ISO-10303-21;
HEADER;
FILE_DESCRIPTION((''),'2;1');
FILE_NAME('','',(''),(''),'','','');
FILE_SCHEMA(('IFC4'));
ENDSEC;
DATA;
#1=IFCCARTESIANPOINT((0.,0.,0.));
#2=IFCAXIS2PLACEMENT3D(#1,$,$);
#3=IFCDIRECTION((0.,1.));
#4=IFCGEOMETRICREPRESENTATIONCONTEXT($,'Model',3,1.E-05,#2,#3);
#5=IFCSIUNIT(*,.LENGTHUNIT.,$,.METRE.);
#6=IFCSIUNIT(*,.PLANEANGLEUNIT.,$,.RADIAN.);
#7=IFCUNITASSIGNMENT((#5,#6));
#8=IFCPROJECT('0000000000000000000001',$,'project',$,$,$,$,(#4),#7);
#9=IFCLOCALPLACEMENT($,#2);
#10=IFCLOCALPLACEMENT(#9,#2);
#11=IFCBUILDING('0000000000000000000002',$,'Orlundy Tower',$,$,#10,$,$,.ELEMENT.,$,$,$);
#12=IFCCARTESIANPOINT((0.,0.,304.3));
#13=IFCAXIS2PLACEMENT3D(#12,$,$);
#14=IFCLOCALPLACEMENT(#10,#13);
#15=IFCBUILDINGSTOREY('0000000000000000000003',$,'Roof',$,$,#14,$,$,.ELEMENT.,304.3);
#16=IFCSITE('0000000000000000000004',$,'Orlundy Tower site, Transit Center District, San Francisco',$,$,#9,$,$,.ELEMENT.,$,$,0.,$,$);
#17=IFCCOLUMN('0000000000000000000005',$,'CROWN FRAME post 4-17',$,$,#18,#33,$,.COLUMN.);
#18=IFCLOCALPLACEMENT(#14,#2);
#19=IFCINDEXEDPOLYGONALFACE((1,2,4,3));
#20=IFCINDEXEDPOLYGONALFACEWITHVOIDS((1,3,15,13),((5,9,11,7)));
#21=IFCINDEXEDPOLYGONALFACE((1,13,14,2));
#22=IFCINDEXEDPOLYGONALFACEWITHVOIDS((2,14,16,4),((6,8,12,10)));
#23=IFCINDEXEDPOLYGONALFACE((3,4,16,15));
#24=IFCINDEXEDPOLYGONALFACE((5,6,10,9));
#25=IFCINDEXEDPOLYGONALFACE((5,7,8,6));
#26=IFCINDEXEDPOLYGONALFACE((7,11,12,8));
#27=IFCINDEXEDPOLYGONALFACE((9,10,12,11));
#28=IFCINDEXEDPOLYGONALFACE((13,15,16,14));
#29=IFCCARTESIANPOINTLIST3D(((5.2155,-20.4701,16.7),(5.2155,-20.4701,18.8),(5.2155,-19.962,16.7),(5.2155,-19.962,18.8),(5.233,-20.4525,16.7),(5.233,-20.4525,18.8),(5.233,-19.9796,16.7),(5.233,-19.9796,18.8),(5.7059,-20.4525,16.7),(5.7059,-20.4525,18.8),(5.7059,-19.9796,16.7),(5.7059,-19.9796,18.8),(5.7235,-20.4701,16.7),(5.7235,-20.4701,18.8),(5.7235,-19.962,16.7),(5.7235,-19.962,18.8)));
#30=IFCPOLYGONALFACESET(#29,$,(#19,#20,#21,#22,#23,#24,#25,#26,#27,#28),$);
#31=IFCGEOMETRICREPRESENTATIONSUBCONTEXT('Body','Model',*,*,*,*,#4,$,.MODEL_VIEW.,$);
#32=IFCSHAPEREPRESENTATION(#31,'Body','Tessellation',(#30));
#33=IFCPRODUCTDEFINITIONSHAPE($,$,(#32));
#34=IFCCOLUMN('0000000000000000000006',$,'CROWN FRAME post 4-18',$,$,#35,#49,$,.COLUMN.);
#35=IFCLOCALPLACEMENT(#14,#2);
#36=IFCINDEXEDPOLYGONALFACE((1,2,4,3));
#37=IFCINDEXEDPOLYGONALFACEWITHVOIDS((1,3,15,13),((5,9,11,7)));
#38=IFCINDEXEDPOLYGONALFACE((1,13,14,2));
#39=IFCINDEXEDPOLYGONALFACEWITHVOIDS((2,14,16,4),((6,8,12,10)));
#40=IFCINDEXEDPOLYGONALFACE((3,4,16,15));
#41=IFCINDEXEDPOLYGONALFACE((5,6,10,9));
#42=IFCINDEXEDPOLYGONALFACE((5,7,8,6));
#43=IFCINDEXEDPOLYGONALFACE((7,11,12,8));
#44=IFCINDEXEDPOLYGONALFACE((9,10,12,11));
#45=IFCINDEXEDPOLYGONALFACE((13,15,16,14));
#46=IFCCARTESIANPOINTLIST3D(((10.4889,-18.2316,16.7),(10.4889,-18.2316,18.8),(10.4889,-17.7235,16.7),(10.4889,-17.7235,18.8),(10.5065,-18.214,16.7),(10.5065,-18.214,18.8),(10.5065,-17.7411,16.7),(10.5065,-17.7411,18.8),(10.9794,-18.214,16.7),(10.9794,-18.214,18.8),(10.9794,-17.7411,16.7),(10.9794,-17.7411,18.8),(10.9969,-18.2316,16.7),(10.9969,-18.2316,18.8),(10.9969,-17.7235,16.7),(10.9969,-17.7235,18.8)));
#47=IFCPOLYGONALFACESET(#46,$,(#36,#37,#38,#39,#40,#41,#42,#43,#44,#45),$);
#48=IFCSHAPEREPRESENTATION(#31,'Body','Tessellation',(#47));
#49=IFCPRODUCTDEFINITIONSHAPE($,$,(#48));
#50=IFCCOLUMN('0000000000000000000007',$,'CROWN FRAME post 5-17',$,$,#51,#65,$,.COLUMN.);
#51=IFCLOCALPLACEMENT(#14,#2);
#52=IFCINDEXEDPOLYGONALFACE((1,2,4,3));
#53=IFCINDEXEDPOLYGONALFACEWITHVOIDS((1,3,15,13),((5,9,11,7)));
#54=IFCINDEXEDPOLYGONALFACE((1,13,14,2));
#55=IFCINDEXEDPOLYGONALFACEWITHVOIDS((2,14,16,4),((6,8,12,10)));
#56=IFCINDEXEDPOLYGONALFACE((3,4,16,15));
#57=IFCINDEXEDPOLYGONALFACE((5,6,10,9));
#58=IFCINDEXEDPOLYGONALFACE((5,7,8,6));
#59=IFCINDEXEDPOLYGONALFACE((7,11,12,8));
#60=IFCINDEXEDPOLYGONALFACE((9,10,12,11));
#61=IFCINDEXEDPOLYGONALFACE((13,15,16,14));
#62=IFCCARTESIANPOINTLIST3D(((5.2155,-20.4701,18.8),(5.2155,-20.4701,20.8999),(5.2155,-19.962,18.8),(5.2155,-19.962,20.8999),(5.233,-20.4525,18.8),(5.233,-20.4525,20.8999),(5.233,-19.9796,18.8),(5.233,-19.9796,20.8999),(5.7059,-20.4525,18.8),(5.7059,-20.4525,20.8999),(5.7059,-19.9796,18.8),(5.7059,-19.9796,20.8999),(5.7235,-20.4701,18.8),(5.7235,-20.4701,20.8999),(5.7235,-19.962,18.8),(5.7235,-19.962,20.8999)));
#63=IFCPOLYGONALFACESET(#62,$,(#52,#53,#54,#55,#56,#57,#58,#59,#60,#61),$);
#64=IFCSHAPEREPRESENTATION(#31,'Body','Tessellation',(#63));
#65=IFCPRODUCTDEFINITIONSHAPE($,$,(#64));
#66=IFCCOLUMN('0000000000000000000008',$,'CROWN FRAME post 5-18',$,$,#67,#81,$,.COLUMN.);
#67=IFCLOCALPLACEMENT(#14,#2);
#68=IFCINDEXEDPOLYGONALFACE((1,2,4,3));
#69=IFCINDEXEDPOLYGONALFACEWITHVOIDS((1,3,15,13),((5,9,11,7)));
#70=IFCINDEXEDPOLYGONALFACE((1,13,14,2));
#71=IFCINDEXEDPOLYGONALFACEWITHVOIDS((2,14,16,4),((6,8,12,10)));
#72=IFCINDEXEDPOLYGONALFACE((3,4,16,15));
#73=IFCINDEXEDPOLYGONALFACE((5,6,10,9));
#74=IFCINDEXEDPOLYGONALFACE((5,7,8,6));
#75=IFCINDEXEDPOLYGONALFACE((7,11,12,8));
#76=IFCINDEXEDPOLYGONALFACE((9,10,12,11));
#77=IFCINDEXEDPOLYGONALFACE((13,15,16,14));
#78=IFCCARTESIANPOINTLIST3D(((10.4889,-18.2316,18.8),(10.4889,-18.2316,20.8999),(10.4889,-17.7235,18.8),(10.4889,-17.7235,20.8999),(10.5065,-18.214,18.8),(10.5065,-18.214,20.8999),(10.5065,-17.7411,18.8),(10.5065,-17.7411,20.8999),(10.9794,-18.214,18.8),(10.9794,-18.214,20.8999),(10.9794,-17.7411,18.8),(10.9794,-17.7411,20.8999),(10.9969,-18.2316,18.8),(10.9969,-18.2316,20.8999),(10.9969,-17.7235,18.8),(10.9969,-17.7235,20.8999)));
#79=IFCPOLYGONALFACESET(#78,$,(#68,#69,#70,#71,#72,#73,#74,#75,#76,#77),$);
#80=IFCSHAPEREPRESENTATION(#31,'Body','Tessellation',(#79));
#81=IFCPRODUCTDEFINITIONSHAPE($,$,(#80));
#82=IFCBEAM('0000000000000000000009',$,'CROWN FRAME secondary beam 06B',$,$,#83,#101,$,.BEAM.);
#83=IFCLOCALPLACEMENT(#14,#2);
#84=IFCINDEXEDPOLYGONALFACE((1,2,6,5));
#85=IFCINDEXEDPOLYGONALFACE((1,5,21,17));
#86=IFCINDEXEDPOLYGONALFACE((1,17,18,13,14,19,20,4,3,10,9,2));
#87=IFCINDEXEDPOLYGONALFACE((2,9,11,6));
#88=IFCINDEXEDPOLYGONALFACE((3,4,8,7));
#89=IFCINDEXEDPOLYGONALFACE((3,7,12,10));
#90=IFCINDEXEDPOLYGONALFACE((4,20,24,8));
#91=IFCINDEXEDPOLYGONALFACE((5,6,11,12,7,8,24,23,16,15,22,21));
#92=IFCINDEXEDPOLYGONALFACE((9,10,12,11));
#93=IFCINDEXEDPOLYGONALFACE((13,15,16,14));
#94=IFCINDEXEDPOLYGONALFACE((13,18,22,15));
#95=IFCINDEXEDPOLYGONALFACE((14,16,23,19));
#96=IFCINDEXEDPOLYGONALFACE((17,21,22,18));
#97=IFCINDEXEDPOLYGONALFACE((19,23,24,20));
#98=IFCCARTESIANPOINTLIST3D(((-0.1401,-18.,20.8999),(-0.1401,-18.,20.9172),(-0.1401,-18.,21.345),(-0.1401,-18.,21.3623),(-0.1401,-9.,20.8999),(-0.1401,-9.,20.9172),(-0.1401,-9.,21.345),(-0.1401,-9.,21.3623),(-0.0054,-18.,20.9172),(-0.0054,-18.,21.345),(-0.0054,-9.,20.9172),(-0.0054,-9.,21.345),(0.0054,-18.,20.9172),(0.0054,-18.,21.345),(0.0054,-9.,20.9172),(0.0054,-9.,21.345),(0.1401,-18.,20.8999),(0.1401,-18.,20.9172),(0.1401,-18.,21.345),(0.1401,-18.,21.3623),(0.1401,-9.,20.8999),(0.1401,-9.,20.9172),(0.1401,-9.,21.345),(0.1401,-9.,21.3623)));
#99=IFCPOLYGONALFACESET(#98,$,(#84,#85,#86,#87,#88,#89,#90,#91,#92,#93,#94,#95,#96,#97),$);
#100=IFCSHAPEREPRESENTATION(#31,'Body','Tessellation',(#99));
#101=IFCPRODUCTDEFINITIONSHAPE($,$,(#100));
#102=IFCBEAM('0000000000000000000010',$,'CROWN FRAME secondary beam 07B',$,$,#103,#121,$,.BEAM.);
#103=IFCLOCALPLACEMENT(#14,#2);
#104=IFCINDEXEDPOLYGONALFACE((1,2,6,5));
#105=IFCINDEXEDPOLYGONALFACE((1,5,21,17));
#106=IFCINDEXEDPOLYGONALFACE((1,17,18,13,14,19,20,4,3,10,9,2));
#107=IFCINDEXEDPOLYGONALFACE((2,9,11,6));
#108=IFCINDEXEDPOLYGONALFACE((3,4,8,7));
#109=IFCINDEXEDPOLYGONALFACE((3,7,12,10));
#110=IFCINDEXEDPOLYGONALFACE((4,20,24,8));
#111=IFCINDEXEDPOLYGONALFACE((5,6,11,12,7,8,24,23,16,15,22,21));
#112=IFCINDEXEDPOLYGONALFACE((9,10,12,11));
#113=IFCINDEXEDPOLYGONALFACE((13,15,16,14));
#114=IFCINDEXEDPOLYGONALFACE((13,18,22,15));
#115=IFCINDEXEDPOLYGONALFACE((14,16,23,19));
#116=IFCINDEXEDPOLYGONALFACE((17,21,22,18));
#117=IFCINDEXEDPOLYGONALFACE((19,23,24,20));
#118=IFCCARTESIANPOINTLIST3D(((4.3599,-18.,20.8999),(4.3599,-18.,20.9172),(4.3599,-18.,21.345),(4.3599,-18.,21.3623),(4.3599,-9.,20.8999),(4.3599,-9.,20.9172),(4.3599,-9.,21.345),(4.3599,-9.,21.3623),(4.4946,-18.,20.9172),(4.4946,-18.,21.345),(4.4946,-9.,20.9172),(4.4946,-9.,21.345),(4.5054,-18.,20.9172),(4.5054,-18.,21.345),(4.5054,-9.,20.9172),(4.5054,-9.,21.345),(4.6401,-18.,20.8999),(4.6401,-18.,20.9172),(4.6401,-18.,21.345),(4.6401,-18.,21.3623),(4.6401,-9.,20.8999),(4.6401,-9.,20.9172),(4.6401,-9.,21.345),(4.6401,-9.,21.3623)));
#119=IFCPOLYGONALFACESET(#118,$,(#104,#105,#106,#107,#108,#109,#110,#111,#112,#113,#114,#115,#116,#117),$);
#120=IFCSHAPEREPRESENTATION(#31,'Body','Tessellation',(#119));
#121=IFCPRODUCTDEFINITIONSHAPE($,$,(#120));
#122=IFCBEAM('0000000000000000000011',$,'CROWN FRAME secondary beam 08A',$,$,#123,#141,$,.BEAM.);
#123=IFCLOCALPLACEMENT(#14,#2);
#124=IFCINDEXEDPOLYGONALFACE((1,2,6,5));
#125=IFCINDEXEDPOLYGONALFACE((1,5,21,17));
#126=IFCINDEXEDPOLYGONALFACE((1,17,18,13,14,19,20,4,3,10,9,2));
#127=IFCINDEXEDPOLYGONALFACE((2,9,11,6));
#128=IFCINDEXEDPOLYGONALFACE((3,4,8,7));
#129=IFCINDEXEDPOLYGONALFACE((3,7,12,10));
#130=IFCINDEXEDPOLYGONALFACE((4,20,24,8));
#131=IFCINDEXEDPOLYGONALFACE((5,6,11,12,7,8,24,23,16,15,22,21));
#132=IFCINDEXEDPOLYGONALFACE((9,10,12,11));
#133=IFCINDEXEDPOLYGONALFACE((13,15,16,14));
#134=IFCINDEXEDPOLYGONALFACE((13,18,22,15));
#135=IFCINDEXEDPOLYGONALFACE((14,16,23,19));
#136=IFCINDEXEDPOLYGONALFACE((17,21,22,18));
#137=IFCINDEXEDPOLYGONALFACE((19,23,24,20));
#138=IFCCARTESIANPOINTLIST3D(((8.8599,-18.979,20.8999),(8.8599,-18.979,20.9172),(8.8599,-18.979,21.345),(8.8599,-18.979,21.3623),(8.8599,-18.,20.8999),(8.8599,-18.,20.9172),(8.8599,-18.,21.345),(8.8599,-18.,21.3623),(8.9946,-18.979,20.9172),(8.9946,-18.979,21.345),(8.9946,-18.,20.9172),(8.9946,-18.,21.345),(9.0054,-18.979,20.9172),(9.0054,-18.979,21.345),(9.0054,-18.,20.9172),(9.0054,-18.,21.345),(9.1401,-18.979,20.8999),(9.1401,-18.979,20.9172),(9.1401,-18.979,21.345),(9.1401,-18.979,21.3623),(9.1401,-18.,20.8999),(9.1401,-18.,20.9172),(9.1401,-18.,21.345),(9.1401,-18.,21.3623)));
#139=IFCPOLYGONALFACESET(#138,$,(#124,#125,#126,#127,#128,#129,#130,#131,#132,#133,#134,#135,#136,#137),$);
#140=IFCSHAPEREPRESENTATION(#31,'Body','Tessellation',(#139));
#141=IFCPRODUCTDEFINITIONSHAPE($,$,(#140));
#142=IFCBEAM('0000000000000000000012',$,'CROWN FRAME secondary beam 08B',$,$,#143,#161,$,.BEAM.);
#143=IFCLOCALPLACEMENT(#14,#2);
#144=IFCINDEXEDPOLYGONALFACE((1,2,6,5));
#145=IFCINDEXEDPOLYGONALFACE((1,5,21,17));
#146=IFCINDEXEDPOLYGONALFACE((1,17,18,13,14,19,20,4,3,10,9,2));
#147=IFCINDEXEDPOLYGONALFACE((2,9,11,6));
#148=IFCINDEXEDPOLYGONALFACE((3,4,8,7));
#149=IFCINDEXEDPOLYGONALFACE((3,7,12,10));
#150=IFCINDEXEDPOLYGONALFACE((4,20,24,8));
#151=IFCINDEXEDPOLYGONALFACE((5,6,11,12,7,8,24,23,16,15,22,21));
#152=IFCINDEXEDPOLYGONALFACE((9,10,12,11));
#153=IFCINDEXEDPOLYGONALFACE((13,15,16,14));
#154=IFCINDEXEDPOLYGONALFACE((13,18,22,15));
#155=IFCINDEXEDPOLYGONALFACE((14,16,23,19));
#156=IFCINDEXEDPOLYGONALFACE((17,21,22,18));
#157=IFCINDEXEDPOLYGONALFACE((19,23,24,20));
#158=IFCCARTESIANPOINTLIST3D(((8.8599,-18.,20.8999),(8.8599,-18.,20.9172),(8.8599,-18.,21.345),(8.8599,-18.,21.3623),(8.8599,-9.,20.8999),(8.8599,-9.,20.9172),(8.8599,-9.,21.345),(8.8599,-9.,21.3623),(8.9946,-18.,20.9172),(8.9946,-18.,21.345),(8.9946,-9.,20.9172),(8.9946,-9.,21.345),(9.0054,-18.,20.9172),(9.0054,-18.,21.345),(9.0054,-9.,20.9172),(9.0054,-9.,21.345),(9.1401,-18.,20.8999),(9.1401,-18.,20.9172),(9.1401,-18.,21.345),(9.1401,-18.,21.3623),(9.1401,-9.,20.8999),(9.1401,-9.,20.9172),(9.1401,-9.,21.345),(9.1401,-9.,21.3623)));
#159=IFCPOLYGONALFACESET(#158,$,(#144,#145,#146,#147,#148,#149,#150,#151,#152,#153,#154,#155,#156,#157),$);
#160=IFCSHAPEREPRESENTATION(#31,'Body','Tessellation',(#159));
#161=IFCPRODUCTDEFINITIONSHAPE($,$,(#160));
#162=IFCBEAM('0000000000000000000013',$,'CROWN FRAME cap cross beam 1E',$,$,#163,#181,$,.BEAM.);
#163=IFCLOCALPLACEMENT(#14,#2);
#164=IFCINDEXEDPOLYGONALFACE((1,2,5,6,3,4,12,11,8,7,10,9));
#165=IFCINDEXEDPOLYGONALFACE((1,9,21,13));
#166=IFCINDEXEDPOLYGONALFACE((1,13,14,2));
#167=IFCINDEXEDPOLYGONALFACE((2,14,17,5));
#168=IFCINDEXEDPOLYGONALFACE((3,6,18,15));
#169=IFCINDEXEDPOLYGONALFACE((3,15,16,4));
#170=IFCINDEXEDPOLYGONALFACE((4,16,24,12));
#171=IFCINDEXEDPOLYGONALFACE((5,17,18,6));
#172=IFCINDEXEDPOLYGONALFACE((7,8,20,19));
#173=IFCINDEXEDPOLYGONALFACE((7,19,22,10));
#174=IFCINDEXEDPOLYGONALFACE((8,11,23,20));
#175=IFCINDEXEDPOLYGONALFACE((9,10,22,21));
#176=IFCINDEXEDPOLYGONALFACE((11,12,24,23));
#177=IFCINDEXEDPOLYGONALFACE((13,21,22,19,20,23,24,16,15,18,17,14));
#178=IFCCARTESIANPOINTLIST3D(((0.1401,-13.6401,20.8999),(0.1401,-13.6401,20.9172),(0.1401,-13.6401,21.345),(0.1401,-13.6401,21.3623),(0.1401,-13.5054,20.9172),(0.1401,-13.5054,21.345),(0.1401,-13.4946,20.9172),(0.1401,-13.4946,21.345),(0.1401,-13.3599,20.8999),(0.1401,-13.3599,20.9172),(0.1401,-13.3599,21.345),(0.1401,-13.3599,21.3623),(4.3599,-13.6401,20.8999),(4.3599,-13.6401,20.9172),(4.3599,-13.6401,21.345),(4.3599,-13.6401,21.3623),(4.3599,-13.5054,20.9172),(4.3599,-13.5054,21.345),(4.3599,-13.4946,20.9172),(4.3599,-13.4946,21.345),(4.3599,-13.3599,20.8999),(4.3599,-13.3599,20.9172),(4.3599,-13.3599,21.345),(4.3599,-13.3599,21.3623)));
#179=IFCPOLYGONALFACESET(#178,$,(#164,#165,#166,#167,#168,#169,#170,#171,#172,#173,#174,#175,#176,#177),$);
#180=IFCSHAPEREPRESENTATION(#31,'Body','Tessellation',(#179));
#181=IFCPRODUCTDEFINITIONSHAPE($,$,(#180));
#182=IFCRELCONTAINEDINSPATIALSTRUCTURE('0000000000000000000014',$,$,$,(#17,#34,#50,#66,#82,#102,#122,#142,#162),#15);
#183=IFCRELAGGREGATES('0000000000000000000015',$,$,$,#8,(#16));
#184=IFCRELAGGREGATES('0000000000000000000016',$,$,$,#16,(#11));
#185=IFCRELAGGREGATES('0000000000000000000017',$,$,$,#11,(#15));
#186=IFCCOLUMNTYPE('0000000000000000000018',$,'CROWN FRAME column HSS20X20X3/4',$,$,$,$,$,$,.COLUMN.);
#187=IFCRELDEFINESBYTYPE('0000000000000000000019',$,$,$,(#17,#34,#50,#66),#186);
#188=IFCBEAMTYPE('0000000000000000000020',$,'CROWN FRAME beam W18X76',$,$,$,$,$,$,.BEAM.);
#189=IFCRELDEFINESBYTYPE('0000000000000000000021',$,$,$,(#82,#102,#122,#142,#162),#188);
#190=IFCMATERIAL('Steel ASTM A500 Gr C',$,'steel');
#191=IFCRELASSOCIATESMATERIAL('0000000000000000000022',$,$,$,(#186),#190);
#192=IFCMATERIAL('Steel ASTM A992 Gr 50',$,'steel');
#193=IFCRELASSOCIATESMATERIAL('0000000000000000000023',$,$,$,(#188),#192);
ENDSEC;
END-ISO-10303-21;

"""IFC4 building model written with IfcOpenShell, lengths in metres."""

from ifc_helpers import new_model, si_unit, direction, frame, origin, origin_2d, place, context, subcontext, project, spatial, hollow_rectangle, i_section, extrude, material, material_profile, profile_set, type_object, element, save


model = new_model("IFC4")

# Units and contexts
model_context = context("Model", 3, precision=1e-05, world=origin(), true_north=direction((0.0, 1.0)))
body_context = subcontext(model_context, "Body", "Model", "MODEL_VIEW")
ifc_project = project(units=[si_unit("LENGTHUNIT", "METRE"), si_unit("PLANEANGLEUNIT", "RADIAN")], contexts=[model_context])

# Site, building, storey
site_placement = place(None, origin())
site = spatial("IfcSite", under=ifc_project, at=site_placement, Name="Orlundy Tower site, Transit Center District, San Francisco", CompositionType="ELEMENT", RefElevation=0.0)
building_placement = place(site_placement, origin())
building = spatial("IfcBuilding", under=site, at=building_placement, Name="Orlundy Tower", CompositionType="ELEMENT")
storey_placement = place(building_placement, frame((0.0, 0.0, 304.3)))
storey = spatial("IfcBuildingStorey", under=building, at=storey_placement, Name="Roof", CompositionType="ELEMENT", Elevation=304.3)

# Columns
ifc_material_1 = material(Name="Steel ASTM A500 Gr C", Category="steel")
ifc_material_profile_1 = material_profile(ifc_material_1, hollow_rectangle(XDim=0.5081, YDim=0.5081, WallThickness=0.0176, at=origin_2d()), Name="HSS20X20X3/4")
ifc_profile_set_1 = profile_set([ifc_material_profile_1], Name="Steel ASTM A500 Gr C")
column_type = type_object("IfcColumnType", Name="CROWN FRAME column HSS20X20X3/4", PredefinedType="COLUMN", material=ifc_profile_set_1)
for number, where, z_axis, x_axis, name in (
    (1, (5.4695, -20.2161, 16.7), (0.0, 0.0, 1.0), (1.0, 0.0, 0.0), "CROWN FRAME post 4-17"),
    (2, (10.7429, -17.9775, 16.7), (0.0, 0.0, 1.0), (1.0, 0.0, 0.0), "CROWN FRAME post 4-18"),
):
    element("IfcColumn", number, at=place(storey_placement, frame(where, z_axis=z_axis, x_axis=x_axis)), inside=storey, type_object=column_type, Name=name, PredefinedType="COLUMN", context=body_context, shape_type="SweptSolid", body=[
        extrude(hollow_rectangle(XDim=0.5081, YDim=0.5081, WallThickness=0.0176, at=origin_2d()), origin(), (0.0, 0.0, 1.0), 2.1001),
    ])
for number, where, z_axis, x_axis, name in (
    (3, (5.4695, -20.2161, 18.8), (0.0, 0.0, 1.0), (1.0, 0.0, 0.0), "CROWN FRAME post 5-17"),
    (4, (10.7429, -17.9775, 18.8), (0.0, 0.0, 1.0), (1.0, 0.0, 0.0), "CROWN FRAME post 5-18"),
):
    element("IfcColumn", number, at=place(storey_placement, frame(where, z_axis=z_axis, x_axis=x_axis)), inside=storey, type_object=column_type, Name=name, PredefinedType="COLUMN", context=body_context, shape_type="SweptSolid", body=[
        extrude(hollow_rectangle(XDim=0.5081, YDim=0.5081, WallThickness=0.0176, at=origin_2d()), origin(), (0.0, 0.0, 1.0), 2.0999),
    ])

# Beams
ifc_material_2 = material(Name="Steel ASTM A992 Gr 50", Category="steel")
ifc_material_profile_2 = material_profile(ifc_material_2, i_section(OverallWidth=0.2803, OverallDepth=0.4624, WebThickness=0.0107, FlangeThickness=0.0173, at=origin_2d()), Name="W18X76")
ifc_profile_set_2 = profile_set([ifc_material_profile_2], Name="Steel ASTM A992 Gr 50")
beam_type_1 = type_object("IfcBeamType", Name="CROWN FRAME beam W18X76", PredefinedType="BEAM", material=ifc_profile_set_2)
for number, where, z_axis, x_axis, name in (
    (5, (0.0, -18.0, 21.1311), (0.0, 1.0, 0.0), (-1.0, 0.0, 0.0), "CROWN FRAME secondary beam 06B"),
    (6, (4.5, -18.0, 21.1311), (0.0, 1.0, 0.0), (-1.0, 0.0, 0.0), "CROWN FRAME secondary beam 07B"),
):
    element("IfcBeam", number, at=place(storey_placement, frame(where, z_axis=z_axis, x_axis=x_axis)), inside=storey, type_object=beam_type_1, Name=name, PredefinedType="BEAM", context=body_context, shape_type="SweptSolid", body=[
        extrude(i_section(OverallWidth=0.2803, OverallDepth=0.4624, WebThickness=0.0107, FlangeThickness=0.0173, at=origin_2d()), origin(), (0.0, 0.0, 1.0), 9.0),
    ])
beam_1_placement = place(storey_placement, frame((9.0, -18.979, 21.1311), z_axis=(0.0, 1.0, 0.0), x_axis=(-1.0, 0.0, 0.0)))
element("IfcBeam", 7, at=beam_1_placement, inside=storey, type_object=beam_type_1, Name="CROWN FRAME secondary beam 08A", PredefinedType="BEAM", context=body_context, shape_type="SweptSolid", body=[
    extrude(i_section(OverallWidth=0.2803, OverallDepth=0.4624, WebThickness=0.0107, FlangeThickness=0.0173, at=origin_2d()), origin(), (0.0, 0.0, 1.0), 0.979),
])
beam_2_placement = place(storey_placement, frame((9.0, -18.0, 21.1311), z_axis=(0.0, 1.0, 0.0), x_axis=(-1.0, 0.0, 0.0)))
element("IfcBeam", 8, at=beam_2_placement, inside=storey, type_object=beam_type_1, Name="CROWN FRAME secondary beam 08B", PredefinedType="BEAM", context=body_context, shape_type="SweptSolid", body=[
    extrude(i_section(OverallWidth=0.2803, OverallDepth=0.4624, WebThickness=0.0107, FlangeThickness=0.0173, at=origin_2d()), origin(), (0.0, 0.0, 1.0), 9.0),
])
beam_3_placement = place(storey_placement, frame((0.1401, -13.5, 21.1311), z_axis=(1.0, 0.0, 0.0), x_axis=(0.0, 1.0, 0.0)))
element("IfcBeam", 9, at=beam_3_placement, inside=storey, type_object=beam_type_1, Name="CROWN FRAME cap cross beam 1E", PredefinedType="BEAM", context=body_context, shape_type="SweptSolid", body=[
    extrude(i_section(OverallWidth=0.2803, OverallDepth=0.4624, WebThickness=0.0107, FlangeThickness=0.0173, at=origin_2d()), origin(), (0.0, 0.0, 1.0), 4.2197),
])

save(model, "model.ifc")
